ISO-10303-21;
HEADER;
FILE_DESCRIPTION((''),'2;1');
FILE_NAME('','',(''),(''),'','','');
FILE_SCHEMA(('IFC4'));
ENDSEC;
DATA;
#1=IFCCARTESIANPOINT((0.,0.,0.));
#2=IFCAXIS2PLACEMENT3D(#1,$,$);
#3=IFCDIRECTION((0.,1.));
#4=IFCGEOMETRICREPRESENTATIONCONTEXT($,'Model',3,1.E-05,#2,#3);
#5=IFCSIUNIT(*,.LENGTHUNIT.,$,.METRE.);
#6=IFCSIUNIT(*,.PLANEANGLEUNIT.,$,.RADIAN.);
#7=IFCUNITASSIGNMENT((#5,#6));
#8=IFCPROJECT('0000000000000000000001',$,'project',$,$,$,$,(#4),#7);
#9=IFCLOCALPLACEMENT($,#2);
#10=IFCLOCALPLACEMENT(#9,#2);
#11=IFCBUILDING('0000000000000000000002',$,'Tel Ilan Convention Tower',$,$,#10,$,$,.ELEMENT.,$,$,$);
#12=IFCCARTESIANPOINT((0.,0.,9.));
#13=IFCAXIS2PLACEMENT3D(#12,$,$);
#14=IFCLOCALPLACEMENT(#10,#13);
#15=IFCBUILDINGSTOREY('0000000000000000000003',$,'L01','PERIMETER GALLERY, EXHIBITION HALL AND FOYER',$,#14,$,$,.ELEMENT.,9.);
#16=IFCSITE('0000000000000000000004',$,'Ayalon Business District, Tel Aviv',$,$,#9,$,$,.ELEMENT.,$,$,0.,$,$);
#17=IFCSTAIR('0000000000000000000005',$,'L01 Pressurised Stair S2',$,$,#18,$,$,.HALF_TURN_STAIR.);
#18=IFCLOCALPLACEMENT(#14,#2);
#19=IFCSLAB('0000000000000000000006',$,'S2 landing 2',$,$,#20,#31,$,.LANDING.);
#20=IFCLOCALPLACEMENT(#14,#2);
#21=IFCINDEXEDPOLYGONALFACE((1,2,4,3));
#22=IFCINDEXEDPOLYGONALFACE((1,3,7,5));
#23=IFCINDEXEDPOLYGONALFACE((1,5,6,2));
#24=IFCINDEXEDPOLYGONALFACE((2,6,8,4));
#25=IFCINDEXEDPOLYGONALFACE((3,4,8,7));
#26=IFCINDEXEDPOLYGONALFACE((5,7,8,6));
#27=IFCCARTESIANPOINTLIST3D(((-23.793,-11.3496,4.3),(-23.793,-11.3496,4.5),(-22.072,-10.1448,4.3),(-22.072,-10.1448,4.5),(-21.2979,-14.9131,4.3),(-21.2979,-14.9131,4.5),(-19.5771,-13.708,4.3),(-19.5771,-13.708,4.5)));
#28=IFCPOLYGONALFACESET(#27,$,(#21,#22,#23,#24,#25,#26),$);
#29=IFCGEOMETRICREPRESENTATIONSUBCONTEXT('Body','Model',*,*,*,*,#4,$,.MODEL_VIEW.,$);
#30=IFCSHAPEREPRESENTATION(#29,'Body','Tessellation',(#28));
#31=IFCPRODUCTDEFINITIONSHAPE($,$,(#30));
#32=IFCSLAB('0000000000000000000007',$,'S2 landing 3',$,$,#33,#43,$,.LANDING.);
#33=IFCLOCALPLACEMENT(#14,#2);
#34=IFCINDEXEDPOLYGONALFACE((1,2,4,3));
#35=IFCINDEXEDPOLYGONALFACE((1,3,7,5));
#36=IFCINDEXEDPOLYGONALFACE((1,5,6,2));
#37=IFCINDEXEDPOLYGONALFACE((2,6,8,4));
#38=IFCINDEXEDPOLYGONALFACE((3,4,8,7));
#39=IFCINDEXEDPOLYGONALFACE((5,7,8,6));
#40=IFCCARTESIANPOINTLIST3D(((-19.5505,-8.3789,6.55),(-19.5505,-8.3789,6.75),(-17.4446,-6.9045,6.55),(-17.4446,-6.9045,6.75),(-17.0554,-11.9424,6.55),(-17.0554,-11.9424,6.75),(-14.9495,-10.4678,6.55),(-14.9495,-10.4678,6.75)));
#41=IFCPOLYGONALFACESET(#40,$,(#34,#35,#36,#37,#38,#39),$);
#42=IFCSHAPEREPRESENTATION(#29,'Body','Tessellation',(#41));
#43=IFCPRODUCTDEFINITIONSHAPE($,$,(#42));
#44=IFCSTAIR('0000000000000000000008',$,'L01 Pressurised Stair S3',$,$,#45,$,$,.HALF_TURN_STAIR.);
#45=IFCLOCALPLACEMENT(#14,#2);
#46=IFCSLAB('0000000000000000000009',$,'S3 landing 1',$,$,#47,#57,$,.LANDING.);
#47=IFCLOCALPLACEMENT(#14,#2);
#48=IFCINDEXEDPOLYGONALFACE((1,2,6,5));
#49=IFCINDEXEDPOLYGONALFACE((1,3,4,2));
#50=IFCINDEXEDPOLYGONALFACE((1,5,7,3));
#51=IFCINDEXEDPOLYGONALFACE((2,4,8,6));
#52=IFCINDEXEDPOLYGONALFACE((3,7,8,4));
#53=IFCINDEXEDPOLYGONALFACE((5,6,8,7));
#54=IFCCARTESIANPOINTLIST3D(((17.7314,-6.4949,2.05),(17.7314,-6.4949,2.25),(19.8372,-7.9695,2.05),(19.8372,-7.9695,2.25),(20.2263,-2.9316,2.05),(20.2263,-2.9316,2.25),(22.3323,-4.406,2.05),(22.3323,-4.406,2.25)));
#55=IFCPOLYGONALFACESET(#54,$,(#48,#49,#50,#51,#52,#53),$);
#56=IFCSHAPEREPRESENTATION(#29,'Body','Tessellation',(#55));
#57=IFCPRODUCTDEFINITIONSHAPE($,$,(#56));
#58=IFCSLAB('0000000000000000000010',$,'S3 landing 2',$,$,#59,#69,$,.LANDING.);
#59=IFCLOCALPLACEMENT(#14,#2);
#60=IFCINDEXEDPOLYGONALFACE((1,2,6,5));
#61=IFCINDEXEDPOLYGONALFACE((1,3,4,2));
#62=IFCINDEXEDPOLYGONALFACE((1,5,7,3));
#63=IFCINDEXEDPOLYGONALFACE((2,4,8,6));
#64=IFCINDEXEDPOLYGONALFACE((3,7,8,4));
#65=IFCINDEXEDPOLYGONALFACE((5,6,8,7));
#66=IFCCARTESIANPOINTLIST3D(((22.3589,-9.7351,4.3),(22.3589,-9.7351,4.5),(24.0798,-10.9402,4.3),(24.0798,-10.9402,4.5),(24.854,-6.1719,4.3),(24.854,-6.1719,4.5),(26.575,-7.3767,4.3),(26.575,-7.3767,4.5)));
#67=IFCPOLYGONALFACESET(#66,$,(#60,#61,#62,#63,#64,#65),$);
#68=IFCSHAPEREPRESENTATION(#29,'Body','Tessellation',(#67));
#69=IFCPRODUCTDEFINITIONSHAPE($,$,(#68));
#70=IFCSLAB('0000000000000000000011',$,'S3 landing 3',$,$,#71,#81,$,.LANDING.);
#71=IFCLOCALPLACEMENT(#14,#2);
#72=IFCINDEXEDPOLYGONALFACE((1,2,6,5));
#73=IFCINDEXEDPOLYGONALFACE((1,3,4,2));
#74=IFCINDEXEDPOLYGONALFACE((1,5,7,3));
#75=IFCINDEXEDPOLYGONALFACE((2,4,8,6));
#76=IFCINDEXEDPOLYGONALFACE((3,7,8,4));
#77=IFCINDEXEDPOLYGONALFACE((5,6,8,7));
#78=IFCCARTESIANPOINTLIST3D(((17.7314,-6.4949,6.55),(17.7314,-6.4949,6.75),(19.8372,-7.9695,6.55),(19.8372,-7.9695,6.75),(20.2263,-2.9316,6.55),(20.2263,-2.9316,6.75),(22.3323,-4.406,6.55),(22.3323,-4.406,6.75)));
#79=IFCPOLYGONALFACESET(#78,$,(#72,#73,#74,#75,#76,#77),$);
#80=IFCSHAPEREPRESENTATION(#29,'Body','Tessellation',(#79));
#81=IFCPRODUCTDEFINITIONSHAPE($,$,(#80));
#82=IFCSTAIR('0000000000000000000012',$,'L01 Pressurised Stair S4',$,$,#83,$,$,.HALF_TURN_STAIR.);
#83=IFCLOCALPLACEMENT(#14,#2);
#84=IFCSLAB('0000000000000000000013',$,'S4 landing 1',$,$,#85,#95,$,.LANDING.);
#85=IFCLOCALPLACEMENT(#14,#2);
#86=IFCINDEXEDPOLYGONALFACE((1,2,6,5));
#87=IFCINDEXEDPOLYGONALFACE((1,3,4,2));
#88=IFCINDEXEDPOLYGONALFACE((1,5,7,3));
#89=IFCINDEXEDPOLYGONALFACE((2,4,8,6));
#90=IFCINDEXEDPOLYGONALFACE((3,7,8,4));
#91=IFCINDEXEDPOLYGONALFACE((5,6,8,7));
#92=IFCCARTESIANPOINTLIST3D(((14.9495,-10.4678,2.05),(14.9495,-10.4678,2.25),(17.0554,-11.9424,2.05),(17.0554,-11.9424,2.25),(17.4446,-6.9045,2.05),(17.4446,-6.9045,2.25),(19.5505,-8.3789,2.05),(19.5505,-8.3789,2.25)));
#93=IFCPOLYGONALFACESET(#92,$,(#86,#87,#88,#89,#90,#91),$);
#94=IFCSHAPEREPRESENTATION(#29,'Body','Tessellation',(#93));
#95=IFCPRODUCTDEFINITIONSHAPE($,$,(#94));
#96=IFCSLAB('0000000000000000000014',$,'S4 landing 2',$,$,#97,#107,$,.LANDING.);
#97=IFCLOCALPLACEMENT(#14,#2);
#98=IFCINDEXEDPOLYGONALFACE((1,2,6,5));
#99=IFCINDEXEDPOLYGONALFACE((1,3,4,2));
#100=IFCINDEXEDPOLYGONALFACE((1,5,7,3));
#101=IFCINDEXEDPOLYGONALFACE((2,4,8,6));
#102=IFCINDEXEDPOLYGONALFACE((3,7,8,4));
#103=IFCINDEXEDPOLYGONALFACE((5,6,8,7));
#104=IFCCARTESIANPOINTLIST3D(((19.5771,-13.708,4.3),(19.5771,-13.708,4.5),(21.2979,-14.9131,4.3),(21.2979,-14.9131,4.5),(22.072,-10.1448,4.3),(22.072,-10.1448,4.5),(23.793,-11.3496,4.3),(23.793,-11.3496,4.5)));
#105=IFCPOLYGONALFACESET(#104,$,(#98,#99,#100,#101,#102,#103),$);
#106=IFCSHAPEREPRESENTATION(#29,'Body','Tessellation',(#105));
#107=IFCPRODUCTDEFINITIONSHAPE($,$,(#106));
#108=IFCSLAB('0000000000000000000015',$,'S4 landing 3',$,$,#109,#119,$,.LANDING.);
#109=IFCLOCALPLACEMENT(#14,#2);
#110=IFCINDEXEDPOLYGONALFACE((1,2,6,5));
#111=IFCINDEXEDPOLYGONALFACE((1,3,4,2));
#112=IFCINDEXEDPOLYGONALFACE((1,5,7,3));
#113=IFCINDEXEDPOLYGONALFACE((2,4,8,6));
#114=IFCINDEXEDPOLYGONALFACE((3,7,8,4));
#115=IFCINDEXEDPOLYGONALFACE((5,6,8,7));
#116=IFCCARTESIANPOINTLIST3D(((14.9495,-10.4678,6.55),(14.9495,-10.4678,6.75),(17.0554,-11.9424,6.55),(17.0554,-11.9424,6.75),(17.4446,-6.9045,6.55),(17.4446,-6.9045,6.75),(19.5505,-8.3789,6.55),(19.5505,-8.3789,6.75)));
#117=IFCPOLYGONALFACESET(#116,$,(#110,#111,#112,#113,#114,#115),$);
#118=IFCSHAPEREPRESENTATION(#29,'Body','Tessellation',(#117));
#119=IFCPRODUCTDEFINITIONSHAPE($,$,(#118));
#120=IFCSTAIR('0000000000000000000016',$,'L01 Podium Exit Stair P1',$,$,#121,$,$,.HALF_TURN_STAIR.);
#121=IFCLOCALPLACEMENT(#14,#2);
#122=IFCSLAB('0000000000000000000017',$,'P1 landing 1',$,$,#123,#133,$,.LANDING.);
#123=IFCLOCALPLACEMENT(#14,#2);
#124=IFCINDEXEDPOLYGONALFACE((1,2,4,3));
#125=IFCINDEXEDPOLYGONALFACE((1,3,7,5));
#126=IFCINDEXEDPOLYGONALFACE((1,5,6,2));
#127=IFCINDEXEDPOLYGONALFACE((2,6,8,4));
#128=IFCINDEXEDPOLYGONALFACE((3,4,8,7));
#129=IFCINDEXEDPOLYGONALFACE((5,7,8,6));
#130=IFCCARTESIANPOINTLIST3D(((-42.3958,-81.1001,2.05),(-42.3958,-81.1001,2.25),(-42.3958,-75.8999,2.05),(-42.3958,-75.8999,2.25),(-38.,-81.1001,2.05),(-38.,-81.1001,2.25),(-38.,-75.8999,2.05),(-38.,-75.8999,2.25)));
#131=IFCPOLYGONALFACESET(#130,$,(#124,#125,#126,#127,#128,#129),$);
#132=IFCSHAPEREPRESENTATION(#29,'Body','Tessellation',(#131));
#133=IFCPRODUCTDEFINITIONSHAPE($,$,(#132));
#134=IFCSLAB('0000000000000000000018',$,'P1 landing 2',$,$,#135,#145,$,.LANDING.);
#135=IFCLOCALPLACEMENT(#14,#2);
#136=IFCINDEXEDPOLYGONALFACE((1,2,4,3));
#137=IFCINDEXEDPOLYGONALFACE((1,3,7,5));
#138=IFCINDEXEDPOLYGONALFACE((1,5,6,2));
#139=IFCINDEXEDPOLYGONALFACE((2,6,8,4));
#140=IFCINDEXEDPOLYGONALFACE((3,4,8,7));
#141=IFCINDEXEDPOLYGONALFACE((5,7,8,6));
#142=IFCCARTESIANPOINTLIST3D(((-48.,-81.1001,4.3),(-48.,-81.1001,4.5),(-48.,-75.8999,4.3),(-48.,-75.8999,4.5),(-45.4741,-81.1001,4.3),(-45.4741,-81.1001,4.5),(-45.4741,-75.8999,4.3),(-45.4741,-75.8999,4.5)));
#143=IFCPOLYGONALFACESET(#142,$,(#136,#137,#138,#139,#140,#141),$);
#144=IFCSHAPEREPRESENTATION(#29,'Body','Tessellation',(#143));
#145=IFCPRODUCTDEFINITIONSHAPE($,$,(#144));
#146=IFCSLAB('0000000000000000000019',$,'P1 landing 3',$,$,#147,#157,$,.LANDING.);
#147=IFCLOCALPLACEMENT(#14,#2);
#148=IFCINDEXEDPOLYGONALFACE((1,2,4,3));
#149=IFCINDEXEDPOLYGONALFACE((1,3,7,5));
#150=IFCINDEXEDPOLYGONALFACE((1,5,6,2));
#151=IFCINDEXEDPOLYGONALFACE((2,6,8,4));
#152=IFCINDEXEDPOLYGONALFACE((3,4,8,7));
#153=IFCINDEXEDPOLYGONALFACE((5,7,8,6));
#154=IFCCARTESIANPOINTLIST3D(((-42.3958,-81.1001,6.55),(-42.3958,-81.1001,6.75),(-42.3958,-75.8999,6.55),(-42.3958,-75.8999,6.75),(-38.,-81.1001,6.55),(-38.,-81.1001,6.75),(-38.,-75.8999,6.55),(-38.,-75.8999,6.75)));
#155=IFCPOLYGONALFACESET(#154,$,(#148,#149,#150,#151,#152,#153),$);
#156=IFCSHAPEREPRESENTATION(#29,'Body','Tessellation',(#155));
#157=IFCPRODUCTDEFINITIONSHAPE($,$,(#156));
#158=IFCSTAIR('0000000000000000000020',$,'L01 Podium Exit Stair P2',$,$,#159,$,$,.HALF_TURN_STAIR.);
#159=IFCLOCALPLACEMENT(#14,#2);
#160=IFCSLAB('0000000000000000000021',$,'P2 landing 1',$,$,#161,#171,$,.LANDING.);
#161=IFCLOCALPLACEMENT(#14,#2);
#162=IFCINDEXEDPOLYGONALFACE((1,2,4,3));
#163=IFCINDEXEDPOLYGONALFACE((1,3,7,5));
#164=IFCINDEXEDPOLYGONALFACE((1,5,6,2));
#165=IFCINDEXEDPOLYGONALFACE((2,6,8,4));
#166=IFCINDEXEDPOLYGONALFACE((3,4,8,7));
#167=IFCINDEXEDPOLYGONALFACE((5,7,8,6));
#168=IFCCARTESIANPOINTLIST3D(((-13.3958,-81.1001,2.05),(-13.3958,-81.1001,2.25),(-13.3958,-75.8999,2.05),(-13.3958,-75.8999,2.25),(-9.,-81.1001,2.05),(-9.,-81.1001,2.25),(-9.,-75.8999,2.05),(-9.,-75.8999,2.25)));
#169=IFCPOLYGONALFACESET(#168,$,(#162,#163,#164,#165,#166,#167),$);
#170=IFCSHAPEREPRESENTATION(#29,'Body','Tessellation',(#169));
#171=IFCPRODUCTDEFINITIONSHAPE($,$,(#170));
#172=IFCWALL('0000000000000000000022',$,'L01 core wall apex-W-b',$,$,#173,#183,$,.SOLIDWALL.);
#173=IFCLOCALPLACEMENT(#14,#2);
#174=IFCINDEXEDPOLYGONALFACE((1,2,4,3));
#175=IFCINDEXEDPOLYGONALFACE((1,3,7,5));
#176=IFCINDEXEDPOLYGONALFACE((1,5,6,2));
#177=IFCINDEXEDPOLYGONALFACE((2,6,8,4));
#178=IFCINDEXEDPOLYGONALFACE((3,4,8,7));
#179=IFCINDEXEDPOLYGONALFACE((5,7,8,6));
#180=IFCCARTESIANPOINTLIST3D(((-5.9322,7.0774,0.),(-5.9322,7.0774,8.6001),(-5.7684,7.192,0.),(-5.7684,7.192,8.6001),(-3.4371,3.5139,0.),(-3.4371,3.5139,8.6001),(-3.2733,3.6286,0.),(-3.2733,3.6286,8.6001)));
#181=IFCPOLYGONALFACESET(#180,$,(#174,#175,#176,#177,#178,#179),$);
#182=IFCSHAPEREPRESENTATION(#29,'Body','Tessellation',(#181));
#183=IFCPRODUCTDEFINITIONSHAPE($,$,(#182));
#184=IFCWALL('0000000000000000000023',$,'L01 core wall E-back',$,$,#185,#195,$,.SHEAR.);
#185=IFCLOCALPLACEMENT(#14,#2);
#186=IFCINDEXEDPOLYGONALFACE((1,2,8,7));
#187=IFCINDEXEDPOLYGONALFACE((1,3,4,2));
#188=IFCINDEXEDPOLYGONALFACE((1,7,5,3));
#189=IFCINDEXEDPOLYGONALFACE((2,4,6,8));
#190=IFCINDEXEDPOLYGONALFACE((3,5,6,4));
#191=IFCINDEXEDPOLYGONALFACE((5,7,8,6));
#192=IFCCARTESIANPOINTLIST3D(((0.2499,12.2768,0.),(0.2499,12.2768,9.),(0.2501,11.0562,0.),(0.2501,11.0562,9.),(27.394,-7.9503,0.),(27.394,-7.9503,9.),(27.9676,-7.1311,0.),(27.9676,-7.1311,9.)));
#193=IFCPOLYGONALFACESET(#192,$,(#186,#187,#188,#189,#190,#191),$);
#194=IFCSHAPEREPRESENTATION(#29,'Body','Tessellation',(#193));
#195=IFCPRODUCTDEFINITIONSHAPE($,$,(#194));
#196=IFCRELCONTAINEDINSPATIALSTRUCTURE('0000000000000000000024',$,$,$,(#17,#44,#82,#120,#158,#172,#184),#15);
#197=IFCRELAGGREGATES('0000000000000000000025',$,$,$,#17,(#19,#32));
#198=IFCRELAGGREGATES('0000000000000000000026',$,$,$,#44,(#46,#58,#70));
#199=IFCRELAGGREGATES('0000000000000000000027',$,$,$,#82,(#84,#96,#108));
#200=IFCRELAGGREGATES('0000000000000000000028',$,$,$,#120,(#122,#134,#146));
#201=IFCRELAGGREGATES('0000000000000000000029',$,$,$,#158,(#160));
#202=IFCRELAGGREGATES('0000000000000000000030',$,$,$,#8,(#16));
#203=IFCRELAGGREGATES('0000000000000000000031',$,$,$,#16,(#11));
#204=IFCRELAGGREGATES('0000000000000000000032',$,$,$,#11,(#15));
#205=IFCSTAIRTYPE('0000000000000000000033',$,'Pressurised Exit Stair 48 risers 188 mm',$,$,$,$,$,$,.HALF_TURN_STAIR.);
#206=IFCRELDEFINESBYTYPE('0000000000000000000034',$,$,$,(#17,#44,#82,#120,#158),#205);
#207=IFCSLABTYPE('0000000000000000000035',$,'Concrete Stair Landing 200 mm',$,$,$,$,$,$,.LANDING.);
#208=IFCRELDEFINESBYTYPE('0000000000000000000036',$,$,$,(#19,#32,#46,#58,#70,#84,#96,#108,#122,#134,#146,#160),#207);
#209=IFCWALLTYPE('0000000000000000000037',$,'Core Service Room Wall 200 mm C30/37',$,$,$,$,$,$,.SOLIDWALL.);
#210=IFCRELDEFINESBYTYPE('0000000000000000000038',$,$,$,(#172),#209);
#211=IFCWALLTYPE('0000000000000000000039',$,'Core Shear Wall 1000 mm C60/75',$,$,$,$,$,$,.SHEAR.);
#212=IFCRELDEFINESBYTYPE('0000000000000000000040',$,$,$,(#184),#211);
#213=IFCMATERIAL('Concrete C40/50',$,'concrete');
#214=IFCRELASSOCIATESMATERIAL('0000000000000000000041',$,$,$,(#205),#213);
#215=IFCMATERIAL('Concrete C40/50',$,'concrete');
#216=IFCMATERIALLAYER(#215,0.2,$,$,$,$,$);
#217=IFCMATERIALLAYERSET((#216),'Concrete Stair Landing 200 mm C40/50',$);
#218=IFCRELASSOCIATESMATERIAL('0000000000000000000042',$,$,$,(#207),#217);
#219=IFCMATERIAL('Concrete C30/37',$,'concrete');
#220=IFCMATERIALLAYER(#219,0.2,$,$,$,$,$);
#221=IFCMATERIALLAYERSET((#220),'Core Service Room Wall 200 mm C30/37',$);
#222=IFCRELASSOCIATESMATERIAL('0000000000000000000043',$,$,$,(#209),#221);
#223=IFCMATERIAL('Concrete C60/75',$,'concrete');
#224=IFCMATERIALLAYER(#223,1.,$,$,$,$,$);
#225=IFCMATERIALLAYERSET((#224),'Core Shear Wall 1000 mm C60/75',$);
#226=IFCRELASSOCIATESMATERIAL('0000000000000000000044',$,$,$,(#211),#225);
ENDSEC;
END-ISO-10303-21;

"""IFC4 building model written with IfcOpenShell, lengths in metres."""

from ifc_helpers import new_model, si_unit, direction, frame, frame_2d, origin, place, context, subcontext, project, spatial, polyline, rectangle, outline, extrude, material, layer, layer_set, type_object, element, aggregate, save


model = new_model("IFC4")

# Units and contexts
model_context = context("Model", 3, precision=1e-05, world=origin(), true_north=direction((0.0, 1.0)))
body_context = subcontext(model_context, "Body", "Model", "MODEL_VIEW")
ifc_project = project(units=[si_unit("LENGTHUNIT", "METRE"), si_unit("PLANEANGLEUNIT", "RADIAN")], contexts=[model_context])

# Site, building, storey
site_placement = place(None, origin())
site = spatial("IfcSite", under=ifc_project, at=site_placement, Name="Ayalon Business District, Tel Aviv", CompositionType="ELEMENT", RefElevation=0.0)
building_placement = place(site_placement, origin())
building = spatial("IfcBuilding", under=site, at=building_placement, Name="Tel Ilan Convention Tower", CompositionType="ELEMENT")
storey_placement = place(building_placement, frame((0.0, 0.0, 9.0)))
storey = spatial("IfcBuildingStorey", under=building, at=storey_placement, Name="L01", Description="PERIMETER GALLERY, EXHIBITION HALL AND FOYER", CompositionType="ELEMENT", Elevation=9.0)

# Stairs, slabs
ifc_material_1 = material(Name="Concrete C40/50", Category="concrete")
stair_type = type_object("IfcStairType", Name="Pressurised Exit Stair 48 risers 188 mm", PredefinedType="HALF_TURN_STAIR", material=ifc_material_1)
stair_1_placement = place(storey_placement, origin())
stair_1 = element("IfcStair", 1, at=stair_1_placement, inside=storey, type_object=stair_type, Name="L01 Pressurised Stair S2", PredefinedType="HALF_TURN_STAIR")
ifc_material_2 = material(Name="Concrete C40/50", Category="concrete")
ifc_layer_1 = layer(ifc_material_2, 0.2)
ifc_layer_set_1 = layer_set([ifc_layer_1], Name="Concrete Stair Landing 200 mm C40/50")
slab_type = type_object("IfcSlabType", Name="Concrete Stair Landing 200 mm", PredefinedType="LANDING", material=ifc_layer_set_1)
slab_1_placement = place(storey_placement, frame((0.0, 0.0, 4.3)))
slab_1 = element("IfcSlab", 2, at=slab_1_placement, type_object=slab_type, Name="S2 landing 2", PredefinedType="LANDING", context=body_context, shape_type="SweptSolid", body=[
    extrude(outline(polyline([(-21.2979, -14.9131), (-19.5771, -13.708), (-22.072, -10.1448), (-23.793, -11.3496), (-21.2979, -14.9131)])), origin(), (0.0, 0.0, 1.0), 0.2),
])
slab_2_placement = place(storey_placement, frame((0.0, 0.0, 6.55)))
slab_2 = element("IfcSlab", 3, at=slab_2_placement, type_object=slab_type, Name="S2 landing 3", PredefinedType="LANDING", context=body_context, shape_type="SweptSolid", body=[
    extrude(outline(polyline([(-17.0554, -11.9424), (-14.9495, -10.4678), (-17.4446, -6.9045), (-19.5505, -8.3789), (-17.0554, -11.9424)])), origin(), (0.0, 0.0, 1.0), 0.2),
])
aggregate(stair_1, [slab_1, slab_2])
stair_2_placement = place(storey_placement, origin())
stair_2 = element("IfcStair", 4, at=stair_2_placement, inside=storey, type_object=stair_type, Name="L01 Pressurised Stair S3", PredefinedType="HALF_TURN_STAIR")
slab_3_placement = place(storey_placement, frame((0.0, 0.0, 2.05)))
slab_3 = element("IfcSlab", 5, at=slab_3_placement, type_object=slab_type, Name="S3 landing 1", PredefinedType="LANDING", context=body_context, shape_type="SweptSolid", body=[
    extrude(outline(polyline([(22.3323, -4.406), (20.2263, -2.9316), (17.7314, -6.4949), (19.8372, -7.9695), (22.3323, -4.406)])), origin(), (0.0, 0.0, 1.0), 0.2),
])
slab_4_placement = place(storey_placement, frame((0.0, 0.0, 4.3)))
slab_4 = element("IfcSlab", 6, at=slab_4_placement, type_object=slab_type, Name="S3 landing 2", PredefinedType="LANDING", context=body_context, shape_type="SweptSolid", body=[
    extrude(outline(polyline([(26.575, -7.3767), (24.854, -6.1719), (22.3589, -9.7351), (24.0798, -10.9402), (26.575, -7.3767)])), origin(), (0.0, 0.0, 1.0), 0.2),
])
slab_5_placement = place(storey_placement, frame((0.0, 0.0, 6.55)))
slab_5 = element("IfcSlab", 7, at=slab_5_placement, type_object=slab_type, Name="S3 landing 3", PredefinedType="LANDING", context=body_context, shape_type="SweptSolid", body=[
    extrude(outline(polyline([(22.3323, -4.406), (20.2263, -2.9316), (17.7314, -6.4949), (19.8372, -7.9695), (22.3323, -4.406)])), origin(), (0.0, 0.0, 1.0), 0.2),
])
aggregate(stair_2, [slab_3, slab_4, slab_5])
stair_3_placement = place(storey_placement, origin())
stair_3 = element("IfcStair", 8, at=stair_3_placement, inside=storey, type_object=stair_type, Name="L01 Pressurised Stair S4", PredefinedType="HALF_TURN_STAIR")
slab_6_placement = place(storey_placement, frame((0.0, 0.0, 2.05)))
slab_6 = element("IfcSlab", 9, at=slab_6_placement, type_object=slab_type, Name="S4 landing 1", PredefinedType="LANDING", context=body_context, shape_type="SweptSolid", body=[
    extrude(outline(polyline([(19.5505, -8.3789), (17.4446, -6.9045), (14.9495, -10.4678), (17.0554, -11.9424), (19.5505, -8.3789)])), origin(), (0.0, 0.0, 1.0), 0.2),
])
slab_7_placement = place(storey_placement, frame((0.0, 0.0, 4.3)))
slab_7 = element("IfcSlab", 10, at=slab_7_placement, type_object=slab_type, Name="S4 landing 2", PredefinedType="LANDING", context=body_context, shape_type="SweptSolid", body=[
    extrude(outline(polyline([(23.793, -11.3496), (22.072, -10.1448), (19.5771, -13.708), (21.2979, -14.9131), (23.793, -11.3496)])), origin(), (0.0, 0.0, 1.0), 0.2),
])
slab_8_placement = place(storey_placement, frame((0.0, 0.0, 6.55)))
slab_8 = element("IfcSlab", 11, at=slab_8_placement, type_object=slab_type, Name="S4 landing 3", PredefinedType="LANDING", context=body_context, shape_type="SweptSolid", body=[
    extrude(outline(polyline([(19.5505, -8.3789), (17.4446, -6.9045), (14.9495, -10.4678), (17.0554, -11.9424), (19.5505, -8.3789)])), origin(), (0.0, 0.0, 1.0), 0.2),
])
aggregate(stair_3, [slab_6, slab_7, slab_8])
stair_4_placement = place(storey_placement, origin())
stair_4 = element("IfcStair", 12, at=stair_4_placement, inside=storey, type_object=stair_type, Name="L01 Podium Exit Stair P1", PredefinedType="HALF_TURN_STAIR")
slab_9_placement = place(storey_placement, frame((0.0, 0.0, 2.05)))
slab_9 = element("IfcSlab", 13, at=slab_9_placement, type_object=slab_type, Name="P1 landing 1", PredefinedType="LANDING", context=body_context, shape_type="SweptSolid", body=[
    extrude(outline(polyline([(-42.3958, -81.1001), (-38.0, -81.1001), (-38.0, -75.8999), (-42.3958, -75.8999), (-42.3958, -81.1001)])), origin(), (0.0, 0.0, 1.0), 0.2),
])
slab_10_placement = place(storey_placement, frame((0.0, 0.0, 4.3)))
slab_10 = element("IfcSlab", 14, at=slab_10_placement, type_object=slab_type, Name="P1 landing 2", PredefinedType="LANDING", context=body_context, shape_type="SweptSolid", body=[
    extrude(outline(polyline([(-48.0, -81.1001), (-45.4741, -81.1001), (-45.4741, -75.8999), (-48.0, -75.8999), (-48.0, -81.1001)])), origin(), (0.0, 0.0, 1.0), 0.2),
])
slab_11_placement = place(storey_placement, frame((0.0, 0.0, 6.55)))
slab_11 = element("IfcSlab", 15, at=slab_11_placement, type_object=slab_type, Name="P1 landing 3", PredefinedType="LANDING", context=body_context, shape_type="SweptSolid", body=[
    extrude(outline(polyline([(-42.3958, -81.1001), (-38.0, -81.1001), (-38.0, -75.8999), (-42.3958, -75.8999), (-42.3958, -81.1001)])), origin(), (0.0, 0.0, 1.0), 0.2),
])
aggregate(stair_4, [slab_9, slab_10, slab_11])

# Stair, slab
stair_5_placement = place(storey_placement, origin())
stair_5 = element("IfcStair", 16, at=stair_5_placement, inside=storey, type_object=stair_type, Name="L01 Podium Exit Stair P2", PredefinedType="HALF_TURN_STAIR")
slab_12_placement = place(storey_placement, frame((0.0, 0.0, 2.05)))
slab_12 = element("IfcSlab", 17, at=slab_12_placement, type_object=slab_type, Name="P2 landing 1", PredefinedType="LANDING", context=body_context, shape_type="SweptSolid", body=[
    extrude(outline(polyline([(-13.3958, -81.1001), (-9.0, -81.1001), (-9.0, -75.8999), (-13.3958, -75.8999), (-13.3958, -81.1001)])), origin(), (0.0, 0.0, 1.0), 0.2),
])
aggregate(stair_5, [slab_12])

# Walls
ifc_material_3 = material(Name="Concrete C30/37", Category="concrete")
ifc_layer_2 = layer(ifc_material_3, 0.2)
ifc_layer_set_2 = layer_set([ifc_layer_2], Name="Core Service Room Wall 200 mm C30/37")
wall_type_1 = type_object("IfcWallType", Name="Core Service Room Wall 200 mm C30/37", PredefinedType="SOLIDWALL", material=ifc_layer_set_2)
wall_1_placement = place(storey_placement, frame((-3.3552, 3.5713, 0.0), z_axis=(0.0, 0.0, 1.0), x_axis=(-0.573568, 0.819158, 0.0)))
element("IfcWall", 18, at=wall_1_placement, inside=storey, type_object=wall_type_1, Name="L01 core wall apex-W-b", PredefinedType="SOLIDWALL", context=body_context, shape_type="SweptSolid", body=[
    extrude(rectangle(XDim=4.3501, YDim=0.2, at=frame_2d((2.175, 0.0))), origin(), (0.0, 0.0, 1.0), 8.6001),
])
ifc_material_4 = material(Name="Concrete C60/75", Category="concrete")
ifc_layer_3 = layer(ifc_material_4, 1.0)
ifc_layer_set_3 = layer_set([ifc_layer_3], Name="Core Shear Wall 1000 mm C60/75")
wall_type_2 = type_object("IfcWallType", Name="Core Shear Wall 1000 mm C60/75", PredefinedType="SHEAR", material=ifc_layer_set_3)
wall_2_placement = place(storey_placement, frame((-0.0369, 11.8672, 0.0), z_axis=(0.0, 0.0, 1.0), x_axis=(0.819155, -0.573572, 0.0)))
element("IfcWall", 19, at=wall_2_placement, inside=storey, type_object=wall_type_2, Name="L01 core wall E-back", PredefinedType="SHEAR", context=body_context, shape_type="SweptSolid", body=[
    extrude(outline(polyline([(33.8369, 0.5), (0.0, 0.5), (0.7002, -0.4998), (33.8369, -0.5), (33.8369, 0.5)])), origin(), (0.0, 0.0, 1.0), 9.0),
])

save(model, "model.ifc")
